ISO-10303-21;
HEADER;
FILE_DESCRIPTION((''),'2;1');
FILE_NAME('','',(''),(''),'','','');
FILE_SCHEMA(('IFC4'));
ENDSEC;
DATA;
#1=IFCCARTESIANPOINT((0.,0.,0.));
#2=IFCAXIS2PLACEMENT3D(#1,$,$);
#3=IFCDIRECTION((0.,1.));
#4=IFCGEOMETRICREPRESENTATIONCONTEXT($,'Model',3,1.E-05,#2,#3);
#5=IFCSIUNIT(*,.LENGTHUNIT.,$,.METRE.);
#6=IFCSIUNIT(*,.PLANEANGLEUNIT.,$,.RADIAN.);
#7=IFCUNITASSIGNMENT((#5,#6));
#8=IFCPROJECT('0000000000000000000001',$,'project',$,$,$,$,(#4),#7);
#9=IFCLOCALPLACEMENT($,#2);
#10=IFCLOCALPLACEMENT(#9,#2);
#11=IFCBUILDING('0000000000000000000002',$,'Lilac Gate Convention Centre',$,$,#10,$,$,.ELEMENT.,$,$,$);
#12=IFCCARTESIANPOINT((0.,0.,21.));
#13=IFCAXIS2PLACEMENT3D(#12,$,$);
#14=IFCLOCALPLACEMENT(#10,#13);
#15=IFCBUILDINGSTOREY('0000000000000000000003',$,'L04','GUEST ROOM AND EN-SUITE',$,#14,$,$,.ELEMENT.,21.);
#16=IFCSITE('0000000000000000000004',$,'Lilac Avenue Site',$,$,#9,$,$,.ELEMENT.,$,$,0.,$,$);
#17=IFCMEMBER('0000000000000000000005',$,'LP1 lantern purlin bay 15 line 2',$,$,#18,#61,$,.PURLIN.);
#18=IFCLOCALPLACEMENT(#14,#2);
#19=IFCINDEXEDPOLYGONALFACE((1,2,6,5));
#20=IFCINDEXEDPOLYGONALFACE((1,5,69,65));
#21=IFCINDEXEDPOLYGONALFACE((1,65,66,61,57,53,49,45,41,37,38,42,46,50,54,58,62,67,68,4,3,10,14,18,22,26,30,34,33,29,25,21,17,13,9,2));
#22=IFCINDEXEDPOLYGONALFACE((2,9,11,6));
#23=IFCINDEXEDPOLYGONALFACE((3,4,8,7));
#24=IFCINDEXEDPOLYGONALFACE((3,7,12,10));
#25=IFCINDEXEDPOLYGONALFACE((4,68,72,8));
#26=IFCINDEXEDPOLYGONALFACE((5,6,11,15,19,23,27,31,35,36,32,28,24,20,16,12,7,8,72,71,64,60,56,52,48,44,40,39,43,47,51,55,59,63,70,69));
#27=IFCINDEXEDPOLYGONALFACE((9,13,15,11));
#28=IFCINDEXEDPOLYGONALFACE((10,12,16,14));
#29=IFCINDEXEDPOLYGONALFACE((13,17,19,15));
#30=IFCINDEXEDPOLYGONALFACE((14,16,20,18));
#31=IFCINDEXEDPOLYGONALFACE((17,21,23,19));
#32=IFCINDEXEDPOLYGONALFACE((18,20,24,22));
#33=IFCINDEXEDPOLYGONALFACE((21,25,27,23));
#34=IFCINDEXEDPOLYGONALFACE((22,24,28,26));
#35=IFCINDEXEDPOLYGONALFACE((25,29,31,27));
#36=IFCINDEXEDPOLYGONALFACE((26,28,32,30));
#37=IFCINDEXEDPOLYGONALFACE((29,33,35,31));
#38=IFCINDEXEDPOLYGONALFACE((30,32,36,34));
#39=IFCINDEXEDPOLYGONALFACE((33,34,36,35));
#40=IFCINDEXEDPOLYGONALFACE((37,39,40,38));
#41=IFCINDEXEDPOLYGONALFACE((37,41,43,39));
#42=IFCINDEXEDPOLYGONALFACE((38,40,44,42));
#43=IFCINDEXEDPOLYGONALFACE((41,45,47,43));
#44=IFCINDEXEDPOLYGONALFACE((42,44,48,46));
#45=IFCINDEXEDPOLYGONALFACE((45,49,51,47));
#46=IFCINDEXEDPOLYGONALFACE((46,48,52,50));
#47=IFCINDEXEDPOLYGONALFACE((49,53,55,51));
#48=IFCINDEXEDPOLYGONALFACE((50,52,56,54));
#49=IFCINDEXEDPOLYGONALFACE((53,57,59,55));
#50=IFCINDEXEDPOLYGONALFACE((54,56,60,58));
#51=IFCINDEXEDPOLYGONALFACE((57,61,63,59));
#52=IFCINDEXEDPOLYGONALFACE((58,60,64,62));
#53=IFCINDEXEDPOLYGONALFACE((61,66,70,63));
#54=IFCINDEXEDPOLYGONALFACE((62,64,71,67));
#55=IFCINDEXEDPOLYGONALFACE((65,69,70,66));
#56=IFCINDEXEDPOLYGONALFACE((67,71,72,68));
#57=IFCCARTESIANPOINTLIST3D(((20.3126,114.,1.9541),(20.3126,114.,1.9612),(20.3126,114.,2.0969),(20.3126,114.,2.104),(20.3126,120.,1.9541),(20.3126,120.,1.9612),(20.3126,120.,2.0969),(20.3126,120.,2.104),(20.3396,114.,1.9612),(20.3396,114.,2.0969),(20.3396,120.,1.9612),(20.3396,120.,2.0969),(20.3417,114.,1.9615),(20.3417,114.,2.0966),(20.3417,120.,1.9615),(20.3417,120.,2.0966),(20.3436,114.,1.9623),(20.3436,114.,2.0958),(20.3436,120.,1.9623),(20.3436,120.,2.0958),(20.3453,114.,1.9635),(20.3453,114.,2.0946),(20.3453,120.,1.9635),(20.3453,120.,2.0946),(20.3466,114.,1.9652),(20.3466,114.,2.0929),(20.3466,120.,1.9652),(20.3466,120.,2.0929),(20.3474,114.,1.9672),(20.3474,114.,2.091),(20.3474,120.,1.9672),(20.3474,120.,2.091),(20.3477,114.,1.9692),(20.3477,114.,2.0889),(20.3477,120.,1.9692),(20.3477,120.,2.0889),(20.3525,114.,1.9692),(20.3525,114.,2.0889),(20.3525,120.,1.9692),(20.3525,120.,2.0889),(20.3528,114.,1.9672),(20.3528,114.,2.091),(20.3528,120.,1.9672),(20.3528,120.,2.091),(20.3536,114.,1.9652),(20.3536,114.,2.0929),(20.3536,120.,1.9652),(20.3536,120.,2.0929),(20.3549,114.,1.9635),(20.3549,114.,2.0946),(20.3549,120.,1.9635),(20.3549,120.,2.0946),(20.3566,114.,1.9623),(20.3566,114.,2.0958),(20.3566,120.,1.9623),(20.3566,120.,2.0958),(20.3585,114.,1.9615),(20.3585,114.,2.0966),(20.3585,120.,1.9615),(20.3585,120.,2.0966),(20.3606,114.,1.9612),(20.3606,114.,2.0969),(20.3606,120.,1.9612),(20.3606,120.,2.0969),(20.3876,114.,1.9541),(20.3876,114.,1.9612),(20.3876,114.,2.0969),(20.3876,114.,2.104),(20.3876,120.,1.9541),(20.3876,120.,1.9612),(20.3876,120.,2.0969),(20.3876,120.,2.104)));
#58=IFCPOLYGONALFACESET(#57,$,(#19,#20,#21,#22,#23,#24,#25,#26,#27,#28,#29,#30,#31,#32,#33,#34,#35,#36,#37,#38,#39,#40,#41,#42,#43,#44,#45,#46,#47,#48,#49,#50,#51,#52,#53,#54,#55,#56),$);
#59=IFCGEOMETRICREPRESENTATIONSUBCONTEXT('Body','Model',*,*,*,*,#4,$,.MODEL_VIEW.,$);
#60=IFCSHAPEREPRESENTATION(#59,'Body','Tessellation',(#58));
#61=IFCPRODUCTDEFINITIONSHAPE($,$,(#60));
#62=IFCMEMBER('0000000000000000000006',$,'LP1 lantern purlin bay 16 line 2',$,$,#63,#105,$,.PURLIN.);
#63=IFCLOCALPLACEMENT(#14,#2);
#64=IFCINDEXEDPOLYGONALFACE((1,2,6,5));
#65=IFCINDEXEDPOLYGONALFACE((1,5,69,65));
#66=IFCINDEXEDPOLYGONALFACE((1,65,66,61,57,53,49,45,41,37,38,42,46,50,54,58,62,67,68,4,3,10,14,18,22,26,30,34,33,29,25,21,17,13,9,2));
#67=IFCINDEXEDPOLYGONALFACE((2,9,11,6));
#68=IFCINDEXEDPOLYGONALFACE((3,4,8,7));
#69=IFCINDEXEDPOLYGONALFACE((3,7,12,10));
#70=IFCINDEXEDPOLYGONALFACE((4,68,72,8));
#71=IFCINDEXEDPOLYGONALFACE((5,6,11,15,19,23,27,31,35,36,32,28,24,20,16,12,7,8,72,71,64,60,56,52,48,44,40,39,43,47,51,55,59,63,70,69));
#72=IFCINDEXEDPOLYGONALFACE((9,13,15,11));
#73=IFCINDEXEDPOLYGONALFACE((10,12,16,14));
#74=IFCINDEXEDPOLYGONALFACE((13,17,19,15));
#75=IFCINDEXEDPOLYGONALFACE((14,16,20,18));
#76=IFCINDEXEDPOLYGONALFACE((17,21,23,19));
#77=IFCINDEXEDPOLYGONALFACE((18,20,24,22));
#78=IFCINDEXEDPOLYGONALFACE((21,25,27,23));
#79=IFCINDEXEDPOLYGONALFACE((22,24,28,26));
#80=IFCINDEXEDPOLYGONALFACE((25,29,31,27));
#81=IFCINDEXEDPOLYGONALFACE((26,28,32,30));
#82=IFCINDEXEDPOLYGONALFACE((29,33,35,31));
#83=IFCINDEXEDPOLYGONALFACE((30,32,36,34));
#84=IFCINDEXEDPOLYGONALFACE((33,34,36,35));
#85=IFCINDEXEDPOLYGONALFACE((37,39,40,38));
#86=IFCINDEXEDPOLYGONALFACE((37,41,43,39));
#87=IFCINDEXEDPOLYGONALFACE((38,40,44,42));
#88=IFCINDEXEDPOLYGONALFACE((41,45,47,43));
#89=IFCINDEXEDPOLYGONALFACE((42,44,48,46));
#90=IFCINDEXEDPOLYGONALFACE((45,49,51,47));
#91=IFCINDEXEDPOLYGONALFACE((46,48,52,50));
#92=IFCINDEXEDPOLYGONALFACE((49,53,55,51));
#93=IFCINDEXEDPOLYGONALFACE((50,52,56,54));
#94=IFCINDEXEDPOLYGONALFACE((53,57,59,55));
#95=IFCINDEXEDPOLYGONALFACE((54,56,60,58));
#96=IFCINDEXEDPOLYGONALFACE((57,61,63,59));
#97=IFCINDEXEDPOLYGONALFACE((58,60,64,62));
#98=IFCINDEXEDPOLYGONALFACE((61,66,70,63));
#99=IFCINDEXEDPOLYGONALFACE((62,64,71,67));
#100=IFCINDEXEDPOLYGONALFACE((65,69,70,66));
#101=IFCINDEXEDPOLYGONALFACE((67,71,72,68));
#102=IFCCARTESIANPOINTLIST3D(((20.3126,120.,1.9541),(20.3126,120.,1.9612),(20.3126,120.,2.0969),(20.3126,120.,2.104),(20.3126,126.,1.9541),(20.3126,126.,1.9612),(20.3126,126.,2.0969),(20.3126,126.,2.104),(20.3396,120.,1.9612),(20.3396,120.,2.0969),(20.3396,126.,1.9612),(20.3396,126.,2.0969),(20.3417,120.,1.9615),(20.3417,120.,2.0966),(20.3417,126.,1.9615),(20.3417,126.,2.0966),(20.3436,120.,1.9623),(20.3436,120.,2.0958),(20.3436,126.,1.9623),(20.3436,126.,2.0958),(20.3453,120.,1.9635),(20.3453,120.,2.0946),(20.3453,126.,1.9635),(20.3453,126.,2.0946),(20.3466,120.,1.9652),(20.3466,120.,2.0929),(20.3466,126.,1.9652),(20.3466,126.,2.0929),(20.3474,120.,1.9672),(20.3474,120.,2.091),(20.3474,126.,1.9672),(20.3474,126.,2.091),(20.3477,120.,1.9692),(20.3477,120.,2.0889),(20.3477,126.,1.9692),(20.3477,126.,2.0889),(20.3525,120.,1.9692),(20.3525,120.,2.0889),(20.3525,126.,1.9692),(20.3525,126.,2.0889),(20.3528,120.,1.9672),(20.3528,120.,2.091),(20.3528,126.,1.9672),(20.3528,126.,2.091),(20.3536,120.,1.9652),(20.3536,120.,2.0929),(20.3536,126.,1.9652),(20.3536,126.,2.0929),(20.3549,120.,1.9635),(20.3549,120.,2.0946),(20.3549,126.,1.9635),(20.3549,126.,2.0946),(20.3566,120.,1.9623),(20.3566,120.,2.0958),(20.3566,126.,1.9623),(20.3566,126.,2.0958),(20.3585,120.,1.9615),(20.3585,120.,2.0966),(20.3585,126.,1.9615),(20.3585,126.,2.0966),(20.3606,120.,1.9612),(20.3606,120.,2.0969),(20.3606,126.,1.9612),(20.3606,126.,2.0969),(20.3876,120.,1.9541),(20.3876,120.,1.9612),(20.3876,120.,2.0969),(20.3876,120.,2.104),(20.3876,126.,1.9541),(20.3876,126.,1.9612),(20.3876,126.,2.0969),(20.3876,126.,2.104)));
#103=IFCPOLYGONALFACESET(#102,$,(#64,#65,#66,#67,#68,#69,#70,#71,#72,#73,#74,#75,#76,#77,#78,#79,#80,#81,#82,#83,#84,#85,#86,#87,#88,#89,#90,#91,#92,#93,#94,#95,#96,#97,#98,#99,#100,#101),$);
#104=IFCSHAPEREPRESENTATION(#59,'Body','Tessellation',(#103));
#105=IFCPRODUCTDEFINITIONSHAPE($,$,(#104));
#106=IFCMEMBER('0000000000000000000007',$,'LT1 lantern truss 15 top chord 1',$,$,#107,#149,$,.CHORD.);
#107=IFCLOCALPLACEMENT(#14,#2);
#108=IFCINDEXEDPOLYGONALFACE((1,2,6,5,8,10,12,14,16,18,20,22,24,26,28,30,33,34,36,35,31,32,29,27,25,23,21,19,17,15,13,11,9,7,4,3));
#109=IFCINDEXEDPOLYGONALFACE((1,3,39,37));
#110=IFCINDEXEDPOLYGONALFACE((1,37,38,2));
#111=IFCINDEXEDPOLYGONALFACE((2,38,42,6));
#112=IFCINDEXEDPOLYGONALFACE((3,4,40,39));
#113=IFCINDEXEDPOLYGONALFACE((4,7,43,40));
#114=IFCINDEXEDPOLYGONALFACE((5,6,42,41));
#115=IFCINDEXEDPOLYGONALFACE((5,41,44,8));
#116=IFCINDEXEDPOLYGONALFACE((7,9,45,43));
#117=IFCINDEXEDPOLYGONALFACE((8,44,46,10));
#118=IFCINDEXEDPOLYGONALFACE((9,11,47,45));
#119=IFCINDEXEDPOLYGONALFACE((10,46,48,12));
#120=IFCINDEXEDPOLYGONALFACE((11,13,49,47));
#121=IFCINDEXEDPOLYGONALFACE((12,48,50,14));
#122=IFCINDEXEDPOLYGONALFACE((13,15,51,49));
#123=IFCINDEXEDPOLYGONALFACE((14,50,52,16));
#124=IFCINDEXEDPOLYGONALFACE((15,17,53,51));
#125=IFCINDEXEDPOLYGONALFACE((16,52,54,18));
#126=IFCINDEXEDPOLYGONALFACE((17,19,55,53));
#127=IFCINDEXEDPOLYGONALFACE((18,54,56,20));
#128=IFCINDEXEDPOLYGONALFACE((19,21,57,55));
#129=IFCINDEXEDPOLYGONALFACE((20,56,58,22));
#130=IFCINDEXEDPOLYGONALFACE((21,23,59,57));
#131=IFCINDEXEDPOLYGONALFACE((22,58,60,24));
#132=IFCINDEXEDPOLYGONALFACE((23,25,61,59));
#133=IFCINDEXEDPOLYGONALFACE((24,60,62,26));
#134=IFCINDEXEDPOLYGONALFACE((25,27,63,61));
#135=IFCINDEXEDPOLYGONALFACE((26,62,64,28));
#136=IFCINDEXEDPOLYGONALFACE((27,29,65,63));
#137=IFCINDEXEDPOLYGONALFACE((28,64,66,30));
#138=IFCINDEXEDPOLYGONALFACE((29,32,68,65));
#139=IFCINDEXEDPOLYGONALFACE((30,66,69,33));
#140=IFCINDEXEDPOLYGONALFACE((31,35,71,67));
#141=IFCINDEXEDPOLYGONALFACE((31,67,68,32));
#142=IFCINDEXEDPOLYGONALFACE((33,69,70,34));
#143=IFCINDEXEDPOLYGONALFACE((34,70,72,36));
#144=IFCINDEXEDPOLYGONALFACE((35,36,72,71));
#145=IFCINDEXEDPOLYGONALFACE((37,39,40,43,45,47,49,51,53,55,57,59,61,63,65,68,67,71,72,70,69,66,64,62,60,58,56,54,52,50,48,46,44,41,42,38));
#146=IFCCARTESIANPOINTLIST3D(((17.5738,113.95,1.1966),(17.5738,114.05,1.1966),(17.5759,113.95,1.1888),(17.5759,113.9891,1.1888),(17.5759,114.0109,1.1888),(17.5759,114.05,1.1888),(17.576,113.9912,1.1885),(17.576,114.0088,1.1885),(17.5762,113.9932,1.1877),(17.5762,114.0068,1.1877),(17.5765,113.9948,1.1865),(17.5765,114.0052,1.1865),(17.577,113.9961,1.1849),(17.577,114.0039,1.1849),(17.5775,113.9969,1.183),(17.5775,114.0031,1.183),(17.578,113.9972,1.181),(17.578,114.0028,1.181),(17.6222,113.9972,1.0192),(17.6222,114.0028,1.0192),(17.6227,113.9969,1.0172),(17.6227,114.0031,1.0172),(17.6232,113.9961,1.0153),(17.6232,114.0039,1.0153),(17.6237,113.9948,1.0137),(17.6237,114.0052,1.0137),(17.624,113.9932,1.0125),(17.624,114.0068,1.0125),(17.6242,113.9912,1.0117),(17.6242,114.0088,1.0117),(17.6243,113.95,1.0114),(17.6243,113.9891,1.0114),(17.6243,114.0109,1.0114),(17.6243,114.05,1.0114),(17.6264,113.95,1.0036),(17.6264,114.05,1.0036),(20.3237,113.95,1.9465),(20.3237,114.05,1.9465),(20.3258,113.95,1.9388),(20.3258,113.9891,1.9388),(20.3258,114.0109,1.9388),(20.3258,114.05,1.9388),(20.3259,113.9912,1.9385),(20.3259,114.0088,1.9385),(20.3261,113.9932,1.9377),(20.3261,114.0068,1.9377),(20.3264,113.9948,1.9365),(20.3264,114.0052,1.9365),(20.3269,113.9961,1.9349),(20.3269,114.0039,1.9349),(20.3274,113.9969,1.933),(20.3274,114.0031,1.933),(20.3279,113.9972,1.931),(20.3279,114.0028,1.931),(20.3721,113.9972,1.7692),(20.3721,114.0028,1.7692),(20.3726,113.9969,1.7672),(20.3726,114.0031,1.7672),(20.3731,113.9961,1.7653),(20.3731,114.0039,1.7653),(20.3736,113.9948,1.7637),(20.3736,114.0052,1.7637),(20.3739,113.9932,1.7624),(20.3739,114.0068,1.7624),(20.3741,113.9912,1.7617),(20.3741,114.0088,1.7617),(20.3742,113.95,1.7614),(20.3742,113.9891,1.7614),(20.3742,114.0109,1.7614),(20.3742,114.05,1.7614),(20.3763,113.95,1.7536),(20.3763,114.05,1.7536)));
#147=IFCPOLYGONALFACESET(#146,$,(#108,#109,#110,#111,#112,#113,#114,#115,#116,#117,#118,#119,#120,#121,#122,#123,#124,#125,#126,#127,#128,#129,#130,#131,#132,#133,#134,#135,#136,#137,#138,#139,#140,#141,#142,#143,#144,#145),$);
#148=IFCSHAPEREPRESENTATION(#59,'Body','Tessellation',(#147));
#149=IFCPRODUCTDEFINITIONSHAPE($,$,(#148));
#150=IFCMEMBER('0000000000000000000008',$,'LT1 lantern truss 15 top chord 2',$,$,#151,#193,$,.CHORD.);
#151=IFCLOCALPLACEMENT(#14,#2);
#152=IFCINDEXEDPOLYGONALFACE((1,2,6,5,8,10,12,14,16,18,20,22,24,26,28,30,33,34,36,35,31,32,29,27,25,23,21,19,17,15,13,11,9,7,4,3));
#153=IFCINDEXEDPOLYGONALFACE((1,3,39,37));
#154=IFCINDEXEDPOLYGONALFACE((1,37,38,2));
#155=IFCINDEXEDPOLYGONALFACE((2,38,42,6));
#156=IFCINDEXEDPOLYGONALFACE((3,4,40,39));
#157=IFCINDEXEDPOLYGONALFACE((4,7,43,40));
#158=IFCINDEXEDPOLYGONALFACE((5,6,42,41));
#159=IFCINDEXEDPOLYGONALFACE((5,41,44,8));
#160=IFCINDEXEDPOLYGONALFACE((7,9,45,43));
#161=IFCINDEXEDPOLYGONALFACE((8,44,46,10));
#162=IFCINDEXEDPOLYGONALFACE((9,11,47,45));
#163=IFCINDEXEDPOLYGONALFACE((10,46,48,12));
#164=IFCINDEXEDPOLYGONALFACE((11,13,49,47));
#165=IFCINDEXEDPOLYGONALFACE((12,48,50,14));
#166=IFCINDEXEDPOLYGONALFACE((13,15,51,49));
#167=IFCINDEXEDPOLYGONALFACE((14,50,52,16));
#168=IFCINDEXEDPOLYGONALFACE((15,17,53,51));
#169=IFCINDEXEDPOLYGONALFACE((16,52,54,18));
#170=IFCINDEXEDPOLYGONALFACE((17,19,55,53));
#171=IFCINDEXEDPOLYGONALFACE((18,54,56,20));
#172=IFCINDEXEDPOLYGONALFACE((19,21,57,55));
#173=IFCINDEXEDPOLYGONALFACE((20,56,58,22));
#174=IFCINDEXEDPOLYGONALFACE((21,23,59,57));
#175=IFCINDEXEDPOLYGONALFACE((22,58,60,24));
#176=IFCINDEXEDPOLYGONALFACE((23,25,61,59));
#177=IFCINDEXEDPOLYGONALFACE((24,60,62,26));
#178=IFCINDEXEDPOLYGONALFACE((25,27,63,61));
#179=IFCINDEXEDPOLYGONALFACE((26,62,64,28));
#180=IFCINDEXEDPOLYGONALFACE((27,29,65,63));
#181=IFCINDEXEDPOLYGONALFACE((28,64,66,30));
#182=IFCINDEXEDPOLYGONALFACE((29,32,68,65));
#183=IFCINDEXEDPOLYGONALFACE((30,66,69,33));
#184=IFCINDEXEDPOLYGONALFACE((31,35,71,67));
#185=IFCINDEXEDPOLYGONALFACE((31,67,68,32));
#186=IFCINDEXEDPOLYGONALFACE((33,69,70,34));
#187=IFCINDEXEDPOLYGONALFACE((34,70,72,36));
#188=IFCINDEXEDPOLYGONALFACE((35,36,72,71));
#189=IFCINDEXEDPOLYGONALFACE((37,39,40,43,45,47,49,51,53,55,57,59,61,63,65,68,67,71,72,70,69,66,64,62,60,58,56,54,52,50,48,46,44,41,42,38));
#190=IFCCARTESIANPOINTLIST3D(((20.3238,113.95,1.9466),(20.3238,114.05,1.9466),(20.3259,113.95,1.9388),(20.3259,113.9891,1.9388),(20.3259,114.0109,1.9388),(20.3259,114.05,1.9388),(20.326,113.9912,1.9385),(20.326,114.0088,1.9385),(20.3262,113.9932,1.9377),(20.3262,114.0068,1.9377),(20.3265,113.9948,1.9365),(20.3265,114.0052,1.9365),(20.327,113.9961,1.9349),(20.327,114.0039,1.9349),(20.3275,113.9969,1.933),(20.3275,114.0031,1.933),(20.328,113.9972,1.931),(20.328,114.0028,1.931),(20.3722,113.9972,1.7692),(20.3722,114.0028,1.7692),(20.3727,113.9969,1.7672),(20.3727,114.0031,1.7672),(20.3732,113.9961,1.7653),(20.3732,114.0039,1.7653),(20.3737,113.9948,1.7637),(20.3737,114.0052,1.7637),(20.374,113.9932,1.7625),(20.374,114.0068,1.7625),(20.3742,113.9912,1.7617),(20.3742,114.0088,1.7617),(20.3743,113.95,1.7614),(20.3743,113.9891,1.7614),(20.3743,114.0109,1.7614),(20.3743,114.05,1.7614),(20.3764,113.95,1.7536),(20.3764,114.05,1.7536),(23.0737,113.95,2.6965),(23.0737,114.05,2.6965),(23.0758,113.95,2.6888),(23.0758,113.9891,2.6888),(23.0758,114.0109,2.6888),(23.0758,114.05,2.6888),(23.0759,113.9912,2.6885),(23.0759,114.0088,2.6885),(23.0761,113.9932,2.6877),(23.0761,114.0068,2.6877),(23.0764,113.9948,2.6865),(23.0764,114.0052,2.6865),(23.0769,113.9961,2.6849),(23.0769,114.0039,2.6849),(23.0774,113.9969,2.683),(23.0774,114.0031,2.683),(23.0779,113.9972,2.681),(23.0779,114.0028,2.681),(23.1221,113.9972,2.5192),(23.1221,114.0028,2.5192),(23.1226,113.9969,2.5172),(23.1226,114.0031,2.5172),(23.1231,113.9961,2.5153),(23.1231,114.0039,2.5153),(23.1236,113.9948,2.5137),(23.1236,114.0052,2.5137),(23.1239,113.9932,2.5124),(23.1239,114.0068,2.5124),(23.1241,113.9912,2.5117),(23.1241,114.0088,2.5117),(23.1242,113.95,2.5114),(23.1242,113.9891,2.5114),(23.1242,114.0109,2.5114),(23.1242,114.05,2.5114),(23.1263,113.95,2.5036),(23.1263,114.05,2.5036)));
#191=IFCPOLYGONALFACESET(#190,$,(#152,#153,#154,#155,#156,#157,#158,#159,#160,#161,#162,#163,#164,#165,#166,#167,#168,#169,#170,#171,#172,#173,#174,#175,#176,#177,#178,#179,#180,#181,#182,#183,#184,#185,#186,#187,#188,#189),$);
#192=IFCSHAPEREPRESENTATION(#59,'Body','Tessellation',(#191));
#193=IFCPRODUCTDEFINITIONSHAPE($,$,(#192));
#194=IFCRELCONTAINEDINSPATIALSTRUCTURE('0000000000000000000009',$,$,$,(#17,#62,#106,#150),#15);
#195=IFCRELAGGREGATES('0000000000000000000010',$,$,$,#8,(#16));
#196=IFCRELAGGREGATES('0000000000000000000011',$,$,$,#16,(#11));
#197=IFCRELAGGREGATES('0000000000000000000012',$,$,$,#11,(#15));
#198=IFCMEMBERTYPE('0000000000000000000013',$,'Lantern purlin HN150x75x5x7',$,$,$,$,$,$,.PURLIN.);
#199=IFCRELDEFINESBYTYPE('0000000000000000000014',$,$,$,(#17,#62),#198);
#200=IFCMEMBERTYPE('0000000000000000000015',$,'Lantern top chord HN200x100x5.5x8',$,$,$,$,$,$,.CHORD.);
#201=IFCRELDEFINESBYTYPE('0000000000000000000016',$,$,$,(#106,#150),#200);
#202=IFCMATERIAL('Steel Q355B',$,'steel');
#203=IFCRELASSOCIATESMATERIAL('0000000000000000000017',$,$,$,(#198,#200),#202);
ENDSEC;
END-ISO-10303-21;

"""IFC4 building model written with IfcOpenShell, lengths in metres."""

from ifc_helpers import new_model, si_unit, direction, frame, origin, origin_2d, place, context, subcontext, project, spatial, i_section, extrude, material, material_profile, profile_set, type_object, element, save


model = new_model("IFC4")

# Units and contexts
model_context = context("Model", 3, precision=1e-05, world=origin(), true_north=direction((0.0, 1.0)))
body_context = subcontext(model_context, "Body", "Model", "MODEL_VIEW")
ifc_project = project(units=[si_unit("LENGTHUNIT", "METRE"), si_unit("PLANEANGLEUNIT", "RADIAN")], contexts=[model_context])

# Site, building, storey
site_placement = place(None, origin())
site = spatial("IfcSite", under=ifc_project, at=site_placement, Name="Lilac Avenue Site", CompositionType="ELEMENT", RefElevation=0.0)
building_placement = place(site_placement, origin())
building = spatial("IfcBuilding", under=site, at=building_placement, Name="Lilac Gate Convention Centre", CompositionType="ELEMENT")
storey_placement = place(building_placement, frame((0.0, 0.0, 21.0)))
storey = spatial("IfcBuildingStorey", under=building, at=storey_placement, Name="L04", Description="GUEST ROOM AND EN-SUITE", CompositionType="ELEMENT", Elevation=21.0)

# Members
ifc_material_1 = material(Name="Steel Q355B", Category="steel")
ifc_material_profile_1 = material_profile(ifc_material_1, i_section(OverallWidth=0.075, OverallDepth=0.1499, WebThickness=0.0049, FlangeThickness=0.0071, FilletRadius=0.0081, at=origin_2d()), Name="HN150x75x5x7")
ifc_profile_set_1 = profile_set([ifc_material_profile_1], Name="Steel Q355B")
member_type_1 = type_object("IfcMemberType", Name="Lantern purlin HN150x75x5x7", PredefinedType="PURLIN", material=ifc_profile_set_1)
for number, where, z_axis, x_axis, name in (
    (1, (20.3501, 114.0, 2.0291), (0.0, 1.0, 0.0), (-1.0, 0.0, 0.0), "LP1 lantern purlin bay 15 line 2"),
    (2, (20.3501, 120.0, 2.0291), (0.0, 1.0, 0.0), (-1.0, 0.0, 0.0), "LP1 lantern purlin bay 16 line 2"),
):
    element("IfcMember", number, at=place(storey_placement, frame(where, z_axis=z_axis, x_axis=x_axis)), inside=storey, type_object=member_type_1, Name=name, PredefinedType="PURLIN", context=body_context, shape_type="SweptSolid", body=[
        extrude(i_section(OverallWidth=0.075, OverallDepth=0.1499, WebThickness=0.0049, FlangeThickness=0.0071, FilletRadius=0.0081, at=origin_2d()), origin(), (0.0, 0.0, 1.0), 6.0),
    ])
ifc_material_profile_2 = material_profile(ifc_material_1, i_section(OverallWidth=0.1001, OverallDepth=0.2, WebThickness=0.0056, FlangeThickness=0.0081, FilletRadius=0.0081, at=origin_2d()), Name="HN200x100x5.5x8")
ifc_profile_set_2 = profile_set([ifc_material_profile_2], Name="Steel Q355B")
member_type_2 = type_object("IfcMemberType", Name="Lantern top chord HN200x100x5.5x8", PredefinedType="CHORD", material=ifc_profile_set_2)
for number, where, z_axis, x_axis, name in (
    (3, (17.6001, 114.0, 1.1001), (0.964764, 0.0, 0.263117), (0.0, 1.0, 0.0), "LT1 lantern truss 15 top chord 1"),
    (4, (20.3501, 114.0, 1.8501), (0.964764, 0.0, 0.263117), (0.0, 1.0, 0.0), "LT1 lantern truss 15 top chord 2"),
):
    element("IfcMember", number, at=place(storey_placement, frame(where, z_axis=z_axis, x_axis=x_axis)), inside=storey, type_object=member_type_2, Name=name, PredefinedType="CHORD", context=body_context, shape_type="SweptSolid", body=[
        extrude(i_section(OverallWidth=0.1001, OverallDepth=0.2, WebThickness=0.0056, FlangeThickness=0.0081, FilletRadius=0.0081, at=origin_2d()), origin(), (0.0, 0.0, 1.0), 2.8503),
    ])

save(model, "model.ifc")
